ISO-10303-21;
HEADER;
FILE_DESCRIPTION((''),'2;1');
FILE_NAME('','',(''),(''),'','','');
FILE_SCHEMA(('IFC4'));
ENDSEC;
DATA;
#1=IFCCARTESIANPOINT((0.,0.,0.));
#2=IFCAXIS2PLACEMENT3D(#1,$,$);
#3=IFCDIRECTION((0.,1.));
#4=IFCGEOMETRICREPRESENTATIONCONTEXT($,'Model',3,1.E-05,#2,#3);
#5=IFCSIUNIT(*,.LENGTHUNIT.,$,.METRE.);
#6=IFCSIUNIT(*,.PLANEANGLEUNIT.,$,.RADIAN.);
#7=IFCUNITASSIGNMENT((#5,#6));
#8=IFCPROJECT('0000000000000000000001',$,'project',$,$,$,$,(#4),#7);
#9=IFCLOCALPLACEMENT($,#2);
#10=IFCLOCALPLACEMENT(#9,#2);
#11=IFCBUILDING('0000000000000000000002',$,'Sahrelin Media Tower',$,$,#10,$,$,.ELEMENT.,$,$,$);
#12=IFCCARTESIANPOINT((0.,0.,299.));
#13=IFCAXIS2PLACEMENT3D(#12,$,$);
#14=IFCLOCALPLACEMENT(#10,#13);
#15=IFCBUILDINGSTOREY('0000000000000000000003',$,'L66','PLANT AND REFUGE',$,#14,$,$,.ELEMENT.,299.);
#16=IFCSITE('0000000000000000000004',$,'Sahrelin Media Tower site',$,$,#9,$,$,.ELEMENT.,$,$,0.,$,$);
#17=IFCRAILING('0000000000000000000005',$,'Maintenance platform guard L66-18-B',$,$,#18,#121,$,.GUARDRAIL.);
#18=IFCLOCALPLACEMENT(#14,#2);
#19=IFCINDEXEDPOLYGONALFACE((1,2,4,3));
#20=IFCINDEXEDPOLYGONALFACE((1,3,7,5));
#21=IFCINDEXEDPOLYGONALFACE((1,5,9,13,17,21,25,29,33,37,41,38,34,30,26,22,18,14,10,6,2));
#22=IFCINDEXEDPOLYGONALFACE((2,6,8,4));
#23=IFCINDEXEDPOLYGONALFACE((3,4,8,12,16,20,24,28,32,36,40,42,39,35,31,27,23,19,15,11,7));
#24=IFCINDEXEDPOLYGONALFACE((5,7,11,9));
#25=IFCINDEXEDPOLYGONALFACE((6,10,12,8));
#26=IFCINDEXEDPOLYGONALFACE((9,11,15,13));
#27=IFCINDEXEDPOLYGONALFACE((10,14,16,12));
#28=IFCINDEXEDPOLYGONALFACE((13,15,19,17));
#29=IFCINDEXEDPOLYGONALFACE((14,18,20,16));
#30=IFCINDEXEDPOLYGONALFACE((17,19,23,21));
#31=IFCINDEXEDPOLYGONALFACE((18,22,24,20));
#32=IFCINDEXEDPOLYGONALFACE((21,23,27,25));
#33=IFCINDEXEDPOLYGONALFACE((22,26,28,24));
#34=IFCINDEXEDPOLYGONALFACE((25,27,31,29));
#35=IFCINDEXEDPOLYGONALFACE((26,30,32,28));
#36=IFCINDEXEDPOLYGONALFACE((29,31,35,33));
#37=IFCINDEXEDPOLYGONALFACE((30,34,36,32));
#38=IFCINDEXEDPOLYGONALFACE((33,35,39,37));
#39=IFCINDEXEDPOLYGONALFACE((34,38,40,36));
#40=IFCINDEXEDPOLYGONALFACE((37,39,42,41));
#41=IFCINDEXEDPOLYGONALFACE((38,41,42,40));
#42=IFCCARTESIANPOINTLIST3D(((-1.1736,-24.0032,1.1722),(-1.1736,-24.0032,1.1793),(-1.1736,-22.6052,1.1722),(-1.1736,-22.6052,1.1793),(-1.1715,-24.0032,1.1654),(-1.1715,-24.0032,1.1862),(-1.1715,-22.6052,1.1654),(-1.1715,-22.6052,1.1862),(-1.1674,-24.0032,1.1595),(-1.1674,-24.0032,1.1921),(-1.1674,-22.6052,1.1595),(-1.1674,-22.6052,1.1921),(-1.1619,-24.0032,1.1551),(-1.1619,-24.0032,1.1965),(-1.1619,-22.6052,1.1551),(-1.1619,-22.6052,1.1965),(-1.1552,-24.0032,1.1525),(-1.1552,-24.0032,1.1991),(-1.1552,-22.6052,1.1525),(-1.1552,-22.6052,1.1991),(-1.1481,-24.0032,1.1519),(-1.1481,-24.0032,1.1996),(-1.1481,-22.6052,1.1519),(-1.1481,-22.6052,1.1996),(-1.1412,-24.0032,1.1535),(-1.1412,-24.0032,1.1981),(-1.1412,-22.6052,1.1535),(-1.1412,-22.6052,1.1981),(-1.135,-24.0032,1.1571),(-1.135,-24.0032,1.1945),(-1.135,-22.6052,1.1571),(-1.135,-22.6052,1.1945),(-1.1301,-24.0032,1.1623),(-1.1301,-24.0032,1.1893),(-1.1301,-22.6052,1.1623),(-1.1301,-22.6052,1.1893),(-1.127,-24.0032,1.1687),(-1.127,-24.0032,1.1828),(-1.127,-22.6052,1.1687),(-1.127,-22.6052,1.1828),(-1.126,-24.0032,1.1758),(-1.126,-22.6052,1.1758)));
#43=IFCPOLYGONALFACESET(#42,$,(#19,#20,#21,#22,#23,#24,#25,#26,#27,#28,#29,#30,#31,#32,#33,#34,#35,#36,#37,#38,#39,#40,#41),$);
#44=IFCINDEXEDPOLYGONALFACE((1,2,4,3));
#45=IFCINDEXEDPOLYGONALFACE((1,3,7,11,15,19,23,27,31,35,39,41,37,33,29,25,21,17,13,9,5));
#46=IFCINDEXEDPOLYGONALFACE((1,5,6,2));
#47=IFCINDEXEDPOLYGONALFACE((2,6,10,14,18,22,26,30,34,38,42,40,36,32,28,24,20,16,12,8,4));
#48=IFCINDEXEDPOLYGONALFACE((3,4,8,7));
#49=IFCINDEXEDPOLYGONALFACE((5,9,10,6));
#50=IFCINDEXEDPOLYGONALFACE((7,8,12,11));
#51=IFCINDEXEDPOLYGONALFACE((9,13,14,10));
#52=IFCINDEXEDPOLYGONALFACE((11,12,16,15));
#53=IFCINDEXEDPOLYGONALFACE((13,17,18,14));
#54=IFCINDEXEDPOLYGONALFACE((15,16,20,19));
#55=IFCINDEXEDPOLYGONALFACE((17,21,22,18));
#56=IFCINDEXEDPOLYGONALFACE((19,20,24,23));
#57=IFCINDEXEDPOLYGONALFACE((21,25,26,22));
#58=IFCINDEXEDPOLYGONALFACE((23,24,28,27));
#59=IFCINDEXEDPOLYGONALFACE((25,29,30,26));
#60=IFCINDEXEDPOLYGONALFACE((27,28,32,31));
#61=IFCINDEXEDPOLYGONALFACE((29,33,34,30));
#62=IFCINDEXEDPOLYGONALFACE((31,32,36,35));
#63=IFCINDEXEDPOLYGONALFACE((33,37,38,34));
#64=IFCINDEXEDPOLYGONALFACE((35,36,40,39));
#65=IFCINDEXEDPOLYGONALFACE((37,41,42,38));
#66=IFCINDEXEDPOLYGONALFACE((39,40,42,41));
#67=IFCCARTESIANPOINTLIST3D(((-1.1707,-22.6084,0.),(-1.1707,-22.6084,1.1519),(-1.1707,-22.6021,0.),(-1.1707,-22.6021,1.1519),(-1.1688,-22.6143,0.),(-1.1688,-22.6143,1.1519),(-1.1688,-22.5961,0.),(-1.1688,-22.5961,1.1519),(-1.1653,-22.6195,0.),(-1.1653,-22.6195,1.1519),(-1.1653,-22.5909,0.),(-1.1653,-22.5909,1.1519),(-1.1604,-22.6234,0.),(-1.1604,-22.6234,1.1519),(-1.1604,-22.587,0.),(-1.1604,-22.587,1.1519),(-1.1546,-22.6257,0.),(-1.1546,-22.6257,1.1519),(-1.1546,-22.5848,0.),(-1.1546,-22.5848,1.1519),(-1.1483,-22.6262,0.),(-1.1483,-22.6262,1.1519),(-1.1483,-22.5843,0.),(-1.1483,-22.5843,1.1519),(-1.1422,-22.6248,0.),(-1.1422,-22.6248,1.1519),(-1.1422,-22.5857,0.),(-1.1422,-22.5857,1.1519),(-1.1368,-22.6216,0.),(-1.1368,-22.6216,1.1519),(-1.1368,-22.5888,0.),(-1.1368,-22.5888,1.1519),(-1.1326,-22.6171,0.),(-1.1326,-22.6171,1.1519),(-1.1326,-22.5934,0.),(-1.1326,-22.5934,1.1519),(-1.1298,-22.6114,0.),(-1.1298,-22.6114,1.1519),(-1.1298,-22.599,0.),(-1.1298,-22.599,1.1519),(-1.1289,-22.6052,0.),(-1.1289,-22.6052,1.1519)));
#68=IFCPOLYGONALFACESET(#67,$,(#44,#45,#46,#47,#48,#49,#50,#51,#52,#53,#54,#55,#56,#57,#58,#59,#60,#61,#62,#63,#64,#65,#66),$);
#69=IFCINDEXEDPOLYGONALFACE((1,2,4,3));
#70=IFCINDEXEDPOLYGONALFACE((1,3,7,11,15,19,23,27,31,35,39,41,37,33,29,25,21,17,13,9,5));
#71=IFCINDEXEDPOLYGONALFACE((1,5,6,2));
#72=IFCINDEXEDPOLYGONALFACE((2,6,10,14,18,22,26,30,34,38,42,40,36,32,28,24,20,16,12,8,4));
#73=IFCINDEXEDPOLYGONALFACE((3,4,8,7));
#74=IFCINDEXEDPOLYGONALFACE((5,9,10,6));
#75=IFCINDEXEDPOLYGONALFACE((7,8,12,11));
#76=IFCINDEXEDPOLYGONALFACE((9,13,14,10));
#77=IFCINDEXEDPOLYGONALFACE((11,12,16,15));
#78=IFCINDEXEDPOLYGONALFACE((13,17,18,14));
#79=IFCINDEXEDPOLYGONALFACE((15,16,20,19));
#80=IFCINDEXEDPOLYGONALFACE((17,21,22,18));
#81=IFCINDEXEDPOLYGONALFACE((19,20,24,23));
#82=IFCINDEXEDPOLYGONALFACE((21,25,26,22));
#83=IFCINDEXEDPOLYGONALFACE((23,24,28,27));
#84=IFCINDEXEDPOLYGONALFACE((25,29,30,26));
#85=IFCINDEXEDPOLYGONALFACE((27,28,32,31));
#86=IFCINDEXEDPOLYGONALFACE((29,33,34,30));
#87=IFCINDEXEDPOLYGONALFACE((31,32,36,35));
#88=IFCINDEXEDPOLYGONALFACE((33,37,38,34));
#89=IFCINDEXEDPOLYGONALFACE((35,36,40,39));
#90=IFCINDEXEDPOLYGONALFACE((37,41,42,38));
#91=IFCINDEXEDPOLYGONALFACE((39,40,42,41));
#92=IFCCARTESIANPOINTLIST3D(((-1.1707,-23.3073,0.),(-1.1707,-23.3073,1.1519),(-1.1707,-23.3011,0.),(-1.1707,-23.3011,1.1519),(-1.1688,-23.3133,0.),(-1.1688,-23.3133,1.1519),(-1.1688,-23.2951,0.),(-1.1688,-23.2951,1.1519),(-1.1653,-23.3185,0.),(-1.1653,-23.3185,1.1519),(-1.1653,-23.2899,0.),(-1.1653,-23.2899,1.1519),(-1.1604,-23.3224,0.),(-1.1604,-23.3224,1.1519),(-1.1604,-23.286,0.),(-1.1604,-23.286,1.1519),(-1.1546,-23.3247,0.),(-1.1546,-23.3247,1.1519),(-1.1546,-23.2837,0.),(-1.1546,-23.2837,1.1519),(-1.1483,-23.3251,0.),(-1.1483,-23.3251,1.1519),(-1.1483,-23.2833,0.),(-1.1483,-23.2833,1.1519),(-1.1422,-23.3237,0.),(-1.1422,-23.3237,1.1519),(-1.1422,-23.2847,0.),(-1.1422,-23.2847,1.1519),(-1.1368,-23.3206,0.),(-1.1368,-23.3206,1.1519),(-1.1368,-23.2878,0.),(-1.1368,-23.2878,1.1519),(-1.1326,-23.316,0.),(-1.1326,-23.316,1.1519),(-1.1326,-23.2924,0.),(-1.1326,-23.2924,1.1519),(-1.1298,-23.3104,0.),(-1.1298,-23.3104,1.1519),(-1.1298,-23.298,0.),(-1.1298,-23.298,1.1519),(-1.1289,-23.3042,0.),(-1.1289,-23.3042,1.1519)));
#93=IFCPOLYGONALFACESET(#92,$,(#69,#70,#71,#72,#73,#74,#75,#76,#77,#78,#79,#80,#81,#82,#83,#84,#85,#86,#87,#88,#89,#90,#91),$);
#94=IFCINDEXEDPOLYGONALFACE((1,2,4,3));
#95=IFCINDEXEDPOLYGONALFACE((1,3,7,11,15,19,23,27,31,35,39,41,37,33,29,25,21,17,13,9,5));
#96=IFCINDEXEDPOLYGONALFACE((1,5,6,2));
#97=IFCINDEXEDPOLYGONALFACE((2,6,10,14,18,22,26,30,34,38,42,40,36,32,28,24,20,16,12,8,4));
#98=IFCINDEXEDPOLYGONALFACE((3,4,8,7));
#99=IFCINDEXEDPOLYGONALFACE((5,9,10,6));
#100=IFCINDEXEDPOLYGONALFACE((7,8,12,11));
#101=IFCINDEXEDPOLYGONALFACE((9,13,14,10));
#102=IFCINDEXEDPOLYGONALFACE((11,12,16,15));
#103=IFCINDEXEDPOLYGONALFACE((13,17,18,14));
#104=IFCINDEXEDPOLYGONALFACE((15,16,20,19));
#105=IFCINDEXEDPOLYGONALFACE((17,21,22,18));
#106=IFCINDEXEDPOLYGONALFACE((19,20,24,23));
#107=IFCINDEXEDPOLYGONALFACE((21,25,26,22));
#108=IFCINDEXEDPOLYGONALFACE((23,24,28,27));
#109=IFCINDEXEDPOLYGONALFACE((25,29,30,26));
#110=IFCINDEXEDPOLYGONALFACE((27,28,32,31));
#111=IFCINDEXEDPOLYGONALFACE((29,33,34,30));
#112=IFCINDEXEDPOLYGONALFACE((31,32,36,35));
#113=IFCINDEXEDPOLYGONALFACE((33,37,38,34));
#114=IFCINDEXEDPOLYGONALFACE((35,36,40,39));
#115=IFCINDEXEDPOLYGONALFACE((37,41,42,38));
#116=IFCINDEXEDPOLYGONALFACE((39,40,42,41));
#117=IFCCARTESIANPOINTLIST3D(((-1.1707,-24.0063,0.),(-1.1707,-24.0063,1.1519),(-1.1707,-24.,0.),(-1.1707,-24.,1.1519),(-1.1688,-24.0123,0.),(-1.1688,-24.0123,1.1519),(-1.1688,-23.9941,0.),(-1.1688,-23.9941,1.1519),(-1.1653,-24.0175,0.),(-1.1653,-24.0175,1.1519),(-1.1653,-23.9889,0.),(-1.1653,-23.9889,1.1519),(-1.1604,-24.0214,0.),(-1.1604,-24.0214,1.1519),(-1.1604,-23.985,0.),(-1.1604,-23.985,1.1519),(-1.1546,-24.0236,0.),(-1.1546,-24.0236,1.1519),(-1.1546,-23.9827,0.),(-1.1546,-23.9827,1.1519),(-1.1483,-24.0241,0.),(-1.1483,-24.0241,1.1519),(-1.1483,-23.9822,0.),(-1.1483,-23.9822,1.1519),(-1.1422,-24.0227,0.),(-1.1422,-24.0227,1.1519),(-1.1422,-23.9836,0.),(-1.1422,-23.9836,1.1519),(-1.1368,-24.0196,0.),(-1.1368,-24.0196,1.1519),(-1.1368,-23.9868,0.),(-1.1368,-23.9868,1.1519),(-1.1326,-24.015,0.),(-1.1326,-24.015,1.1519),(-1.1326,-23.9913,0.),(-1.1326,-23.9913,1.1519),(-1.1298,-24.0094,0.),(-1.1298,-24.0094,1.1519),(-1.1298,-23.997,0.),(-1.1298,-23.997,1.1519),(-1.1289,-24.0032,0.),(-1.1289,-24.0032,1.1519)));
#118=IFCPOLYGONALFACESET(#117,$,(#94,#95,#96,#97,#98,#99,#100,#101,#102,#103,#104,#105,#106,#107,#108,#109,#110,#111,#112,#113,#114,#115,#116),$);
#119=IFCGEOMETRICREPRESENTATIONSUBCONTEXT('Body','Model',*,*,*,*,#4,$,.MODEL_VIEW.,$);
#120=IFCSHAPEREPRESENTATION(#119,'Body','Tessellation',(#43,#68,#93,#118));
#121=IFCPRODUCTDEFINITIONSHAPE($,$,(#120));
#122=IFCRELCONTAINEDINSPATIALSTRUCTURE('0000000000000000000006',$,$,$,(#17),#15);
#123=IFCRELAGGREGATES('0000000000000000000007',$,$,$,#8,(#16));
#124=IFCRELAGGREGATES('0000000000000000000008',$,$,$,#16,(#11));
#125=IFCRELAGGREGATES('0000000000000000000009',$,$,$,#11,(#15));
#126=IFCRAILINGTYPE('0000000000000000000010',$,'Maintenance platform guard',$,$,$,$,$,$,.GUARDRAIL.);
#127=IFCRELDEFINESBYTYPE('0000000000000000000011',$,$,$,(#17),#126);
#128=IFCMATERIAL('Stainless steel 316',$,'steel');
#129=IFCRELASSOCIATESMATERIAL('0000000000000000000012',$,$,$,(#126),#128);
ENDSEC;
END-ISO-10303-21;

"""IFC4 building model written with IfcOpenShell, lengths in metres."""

from ifc_helpers import new_model, si_unit, direction, frame, origin, origin_2d, place, context, subcontext, project, spatial, circle, extrude, material, type_object, element, save


model = new_model("IFC4")

# Units and contexts
model_context = context("Model", 3, precision=1e-05, world=origin(), true_north=direction((0.0, 1.0)))
body_context = subcontext(model_context, "Body", "Model", "MODEL_VIEW")
ifc_project = project(units=[si_unit("LENGTHUNIT", "METRE"), si_unit("PLANEANGLEUNIT", "RADIAN")], contexts=[model_context])

# Site, building, storey
site_placement = place(None, origin())
site = spatial("IfcSite", under=ifc_project, at=site_placement, Name="Sahrelin Media Tower site", CompositionType="ELEMENT", RefElevation=0.0)
building_placement = place(site_placement, origin())
building = spatial("IfcBuilding", under=site, at=building_placement, Name="Sahrelin Media Tower", CompositionType="ELEMENT")
storey_placement = place(building_placement, frame((0.0, 0.0, 299.0)))
storey = spatial("IfcBuildingStorey", under=building, at=storey_placement, Name="L66", Description="PLANT AND REFUGE", CompositionType="ELEMENT", Elevation=299.0)

# Railing
ifc_material_1 = material(Name="Stainless steel 316", Category="steel")
railing_type = type_object("IfcRailingType", Name="Maintenance platform guard", PredefinedType="GUARDRAIL", material=ifc_material_1)
for number, where, name in (
    (1, (-1.1499, -22.6052, 0.0), "Maintenance platform guard L66-18-B"),
):
    element("IfcRailing", number, at=place(storey_placement, frame(where)), inside=storey, type_object=railing_type, Name=name, PredefinedType="GUARDRAIL", context=body_context, shape_type="SweptSolid", body=[
        extrude(circle(Radius=0.0239, at=origin_2d()), frame((0.0, 0.0, 1.1758), z_axis=(0.0, -1.0, 0.0), x_axis=(1.0, 0.0, 0.0)), (0.0, 0.0, 1.0), 1.3979),
        extrude(circle(Radius=0.021, at=origin_2d()), origin(), (0.0, 0.0, 1.0), 1.1519),
        extrude(circle(Radius=0.021, at=origin_2d()), frame((0.0, -0.699, 0.0)), (0.0, 0.0, 1.0), 1.1519),
        extrude(circle(Radius=0.021, at=origin_2d()), frame((0.0, -1.3979, 0.0)), (0.0, 0.0, 1.0), 1.1519),
    ])

save(model, "model.ifc")
